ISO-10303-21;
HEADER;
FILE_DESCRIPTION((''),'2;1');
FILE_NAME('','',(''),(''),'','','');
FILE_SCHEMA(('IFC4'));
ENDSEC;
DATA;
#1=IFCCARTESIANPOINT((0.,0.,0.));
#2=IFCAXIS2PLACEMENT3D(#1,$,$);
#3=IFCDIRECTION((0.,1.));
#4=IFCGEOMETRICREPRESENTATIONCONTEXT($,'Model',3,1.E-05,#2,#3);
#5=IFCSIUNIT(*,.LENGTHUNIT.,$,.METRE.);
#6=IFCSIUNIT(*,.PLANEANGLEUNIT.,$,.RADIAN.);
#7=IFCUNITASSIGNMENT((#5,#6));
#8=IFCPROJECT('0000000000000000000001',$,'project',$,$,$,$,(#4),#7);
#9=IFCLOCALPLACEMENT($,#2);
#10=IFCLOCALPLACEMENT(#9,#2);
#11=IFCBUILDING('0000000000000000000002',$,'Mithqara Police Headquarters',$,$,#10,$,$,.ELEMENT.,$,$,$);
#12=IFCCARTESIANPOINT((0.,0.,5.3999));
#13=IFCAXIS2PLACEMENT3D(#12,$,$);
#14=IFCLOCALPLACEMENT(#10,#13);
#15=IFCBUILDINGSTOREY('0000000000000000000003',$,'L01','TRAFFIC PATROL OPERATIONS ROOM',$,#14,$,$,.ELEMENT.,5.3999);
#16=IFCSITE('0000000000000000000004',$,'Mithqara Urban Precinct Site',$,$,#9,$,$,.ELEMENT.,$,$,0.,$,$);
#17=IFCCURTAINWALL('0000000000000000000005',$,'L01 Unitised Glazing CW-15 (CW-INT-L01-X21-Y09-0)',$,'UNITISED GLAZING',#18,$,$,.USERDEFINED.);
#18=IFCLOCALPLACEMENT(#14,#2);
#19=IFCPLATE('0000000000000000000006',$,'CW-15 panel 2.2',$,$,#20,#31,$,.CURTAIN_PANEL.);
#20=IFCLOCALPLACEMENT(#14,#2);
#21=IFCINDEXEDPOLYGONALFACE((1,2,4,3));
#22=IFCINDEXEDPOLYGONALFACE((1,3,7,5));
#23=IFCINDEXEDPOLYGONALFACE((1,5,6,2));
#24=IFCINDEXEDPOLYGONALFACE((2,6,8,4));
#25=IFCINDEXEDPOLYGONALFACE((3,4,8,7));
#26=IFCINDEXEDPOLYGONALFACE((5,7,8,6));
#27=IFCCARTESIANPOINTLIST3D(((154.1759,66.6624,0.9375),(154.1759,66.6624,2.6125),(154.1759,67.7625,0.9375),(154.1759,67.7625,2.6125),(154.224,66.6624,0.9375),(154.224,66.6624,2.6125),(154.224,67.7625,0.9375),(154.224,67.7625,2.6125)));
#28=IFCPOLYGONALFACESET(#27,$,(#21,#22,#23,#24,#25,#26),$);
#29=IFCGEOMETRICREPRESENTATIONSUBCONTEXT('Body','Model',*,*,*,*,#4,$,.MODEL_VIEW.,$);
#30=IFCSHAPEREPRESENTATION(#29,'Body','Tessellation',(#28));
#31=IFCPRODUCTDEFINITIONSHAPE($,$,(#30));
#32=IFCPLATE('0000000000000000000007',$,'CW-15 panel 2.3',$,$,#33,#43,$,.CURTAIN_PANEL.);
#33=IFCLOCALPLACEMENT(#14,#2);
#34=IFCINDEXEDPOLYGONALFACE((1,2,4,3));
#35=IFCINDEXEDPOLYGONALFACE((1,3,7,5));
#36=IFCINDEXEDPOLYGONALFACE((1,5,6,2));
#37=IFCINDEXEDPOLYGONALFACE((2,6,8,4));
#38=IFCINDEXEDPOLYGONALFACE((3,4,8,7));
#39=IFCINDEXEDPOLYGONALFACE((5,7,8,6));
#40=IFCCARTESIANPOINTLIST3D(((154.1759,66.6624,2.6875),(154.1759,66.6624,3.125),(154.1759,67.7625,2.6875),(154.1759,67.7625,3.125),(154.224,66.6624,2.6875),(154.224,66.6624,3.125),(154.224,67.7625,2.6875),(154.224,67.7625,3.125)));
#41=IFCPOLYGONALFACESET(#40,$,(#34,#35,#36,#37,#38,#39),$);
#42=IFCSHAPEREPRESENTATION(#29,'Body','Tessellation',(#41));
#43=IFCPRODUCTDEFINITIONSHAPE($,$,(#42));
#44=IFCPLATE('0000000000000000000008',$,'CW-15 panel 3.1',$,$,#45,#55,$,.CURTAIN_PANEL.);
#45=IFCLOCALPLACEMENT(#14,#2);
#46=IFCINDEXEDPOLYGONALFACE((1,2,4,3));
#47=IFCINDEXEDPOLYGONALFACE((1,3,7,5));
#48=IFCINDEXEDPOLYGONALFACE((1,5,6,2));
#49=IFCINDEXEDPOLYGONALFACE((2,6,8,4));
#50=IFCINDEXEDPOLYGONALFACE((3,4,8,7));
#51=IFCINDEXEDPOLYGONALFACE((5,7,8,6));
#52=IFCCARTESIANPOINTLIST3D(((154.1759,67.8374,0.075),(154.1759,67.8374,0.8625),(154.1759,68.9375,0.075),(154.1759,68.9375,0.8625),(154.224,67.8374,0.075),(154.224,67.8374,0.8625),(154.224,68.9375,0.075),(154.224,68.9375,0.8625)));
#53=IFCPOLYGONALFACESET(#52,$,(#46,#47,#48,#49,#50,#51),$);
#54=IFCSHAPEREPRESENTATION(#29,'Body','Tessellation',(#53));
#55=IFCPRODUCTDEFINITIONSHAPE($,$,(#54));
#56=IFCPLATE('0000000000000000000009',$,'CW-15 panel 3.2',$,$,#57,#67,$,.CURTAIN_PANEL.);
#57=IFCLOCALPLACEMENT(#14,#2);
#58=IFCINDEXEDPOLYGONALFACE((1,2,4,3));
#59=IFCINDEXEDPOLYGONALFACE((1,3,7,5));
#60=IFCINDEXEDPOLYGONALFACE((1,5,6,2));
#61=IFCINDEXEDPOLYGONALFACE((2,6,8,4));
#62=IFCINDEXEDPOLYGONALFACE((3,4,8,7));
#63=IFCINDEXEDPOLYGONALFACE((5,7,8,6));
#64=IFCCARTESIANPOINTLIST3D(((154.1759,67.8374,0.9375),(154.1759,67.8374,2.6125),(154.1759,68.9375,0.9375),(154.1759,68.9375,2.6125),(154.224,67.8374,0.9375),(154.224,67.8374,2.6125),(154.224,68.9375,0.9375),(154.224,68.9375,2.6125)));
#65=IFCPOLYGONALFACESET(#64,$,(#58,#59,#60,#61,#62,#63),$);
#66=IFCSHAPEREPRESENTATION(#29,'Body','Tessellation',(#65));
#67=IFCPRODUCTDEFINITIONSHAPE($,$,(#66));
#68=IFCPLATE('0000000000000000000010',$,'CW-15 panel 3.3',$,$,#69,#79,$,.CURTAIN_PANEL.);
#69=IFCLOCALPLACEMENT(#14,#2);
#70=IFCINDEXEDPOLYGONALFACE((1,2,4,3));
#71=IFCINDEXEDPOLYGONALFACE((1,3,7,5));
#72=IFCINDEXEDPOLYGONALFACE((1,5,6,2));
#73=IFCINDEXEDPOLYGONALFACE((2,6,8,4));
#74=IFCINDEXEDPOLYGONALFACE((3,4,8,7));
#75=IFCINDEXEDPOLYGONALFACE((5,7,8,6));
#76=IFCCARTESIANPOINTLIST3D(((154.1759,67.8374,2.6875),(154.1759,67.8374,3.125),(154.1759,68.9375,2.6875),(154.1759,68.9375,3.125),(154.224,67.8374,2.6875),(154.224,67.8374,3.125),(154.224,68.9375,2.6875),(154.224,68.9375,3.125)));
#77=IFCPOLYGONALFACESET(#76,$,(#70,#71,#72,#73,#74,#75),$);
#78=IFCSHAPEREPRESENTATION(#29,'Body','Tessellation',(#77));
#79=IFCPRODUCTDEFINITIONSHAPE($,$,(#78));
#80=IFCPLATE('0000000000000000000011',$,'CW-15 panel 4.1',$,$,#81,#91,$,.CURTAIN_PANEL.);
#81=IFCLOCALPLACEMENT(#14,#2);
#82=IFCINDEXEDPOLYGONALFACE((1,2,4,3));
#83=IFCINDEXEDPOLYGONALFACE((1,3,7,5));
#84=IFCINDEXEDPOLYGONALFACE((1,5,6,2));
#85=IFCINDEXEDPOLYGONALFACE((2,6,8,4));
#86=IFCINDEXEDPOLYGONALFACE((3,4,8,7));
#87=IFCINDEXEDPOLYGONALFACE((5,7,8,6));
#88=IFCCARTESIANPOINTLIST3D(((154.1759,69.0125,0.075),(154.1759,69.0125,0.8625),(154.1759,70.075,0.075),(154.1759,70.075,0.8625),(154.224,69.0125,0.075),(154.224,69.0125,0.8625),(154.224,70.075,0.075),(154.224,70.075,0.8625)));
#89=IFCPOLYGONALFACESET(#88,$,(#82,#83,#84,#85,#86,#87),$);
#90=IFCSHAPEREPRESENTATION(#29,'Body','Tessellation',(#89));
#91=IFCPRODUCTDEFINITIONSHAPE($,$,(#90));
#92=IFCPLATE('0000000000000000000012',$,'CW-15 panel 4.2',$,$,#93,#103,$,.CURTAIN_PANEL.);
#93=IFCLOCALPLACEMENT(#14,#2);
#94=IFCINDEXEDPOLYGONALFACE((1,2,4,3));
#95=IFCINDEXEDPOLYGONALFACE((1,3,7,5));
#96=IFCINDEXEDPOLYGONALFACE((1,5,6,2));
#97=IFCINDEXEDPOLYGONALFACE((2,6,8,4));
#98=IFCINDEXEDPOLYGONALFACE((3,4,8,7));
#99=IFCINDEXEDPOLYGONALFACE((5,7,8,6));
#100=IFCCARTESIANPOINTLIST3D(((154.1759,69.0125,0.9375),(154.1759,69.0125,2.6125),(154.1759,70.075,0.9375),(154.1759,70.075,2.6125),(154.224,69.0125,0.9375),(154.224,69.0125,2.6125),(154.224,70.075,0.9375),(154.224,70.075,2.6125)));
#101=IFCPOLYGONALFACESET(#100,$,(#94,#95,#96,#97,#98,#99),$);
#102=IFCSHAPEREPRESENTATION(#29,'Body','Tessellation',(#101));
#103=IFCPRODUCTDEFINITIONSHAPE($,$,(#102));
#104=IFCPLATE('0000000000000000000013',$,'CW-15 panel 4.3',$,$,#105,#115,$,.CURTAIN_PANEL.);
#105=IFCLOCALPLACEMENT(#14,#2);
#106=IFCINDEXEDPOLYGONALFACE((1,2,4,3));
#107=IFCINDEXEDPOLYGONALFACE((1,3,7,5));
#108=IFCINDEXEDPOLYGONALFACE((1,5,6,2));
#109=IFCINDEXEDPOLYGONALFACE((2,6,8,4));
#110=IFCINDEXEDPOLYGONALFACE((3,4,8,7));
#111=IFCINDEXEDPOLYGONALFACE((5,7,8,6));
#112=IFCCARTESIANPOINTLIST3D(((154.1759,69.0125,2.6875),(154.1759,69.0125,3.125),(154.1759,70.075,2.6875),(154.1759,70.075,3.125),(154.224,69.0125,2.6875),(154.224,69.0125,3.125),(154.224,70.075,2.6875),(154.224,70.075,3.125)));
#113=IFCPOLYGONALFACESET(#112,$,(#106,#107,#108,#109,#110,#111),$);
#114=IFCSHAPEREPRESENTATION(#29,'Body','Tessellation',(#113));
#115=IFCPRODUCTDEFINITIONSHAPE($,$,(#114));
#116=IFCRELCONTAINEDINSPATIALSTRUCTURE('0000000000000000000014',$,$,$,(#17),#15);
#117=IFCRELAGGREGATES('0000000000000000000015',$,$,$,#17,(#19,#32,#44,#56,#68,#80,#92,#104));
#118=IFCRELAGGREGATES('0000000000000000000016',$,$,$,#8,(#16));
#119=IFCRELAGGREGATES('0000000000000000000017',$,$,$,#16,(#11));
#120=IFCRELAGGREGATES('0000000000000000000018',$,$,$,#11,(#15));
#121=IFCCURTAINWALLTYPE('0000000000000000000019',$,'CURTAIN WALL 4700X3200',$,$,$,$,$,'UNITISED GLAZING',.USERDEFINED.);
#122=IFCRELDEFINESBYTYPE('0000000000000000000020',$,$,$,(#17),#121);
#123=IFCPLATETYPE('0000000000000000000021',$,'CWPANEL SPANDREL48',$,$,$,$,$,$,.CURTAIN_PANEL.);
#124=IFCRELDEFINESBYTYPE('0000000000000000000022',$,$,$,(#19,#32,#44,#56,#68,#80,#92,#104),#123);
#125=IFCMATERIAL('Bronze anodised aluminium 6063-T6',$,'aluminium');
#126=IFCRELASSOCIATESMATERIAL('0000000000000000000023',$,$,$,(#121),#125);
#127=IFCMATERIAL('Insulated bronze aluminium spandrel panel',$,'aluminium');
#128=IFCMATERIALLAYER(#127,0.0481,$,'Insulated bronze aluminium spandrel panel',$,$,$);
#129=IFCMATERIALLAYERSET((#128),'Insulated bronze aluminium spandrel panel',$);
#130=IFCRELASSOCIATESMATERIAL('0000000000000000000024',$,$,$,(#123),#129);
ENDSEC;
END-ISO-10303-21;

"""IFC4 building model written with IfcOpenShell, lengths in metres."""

from ifc_helpers import new_model, si_unit, direction, frame, origin, origin_2d, place, context, subcontext, project, spatial, rectangle, extrude, material, layer, layer_set, type_object, element, aggregate, save


model = new_model("IFC4")

# Units and contexts
model_context = context("Model", 3, precision=1e-05, world=origin(), true_north=direction((0.0, 1.0)))
body_context = subcontext(model_context, "Body", "Model", "MODEL_VIEW")
ifc_project = project(units=[si_unit("LENGTHUNIT", "METRE"), si_unit("PLANEANGLEUNIT", "RADIAN")], contexts=[model_context])

# Site, building, storey
site_placement = place(None, origin())
site = spatial("IfcSite", under=ifc_project, at=site_placement, Name="Mithqara Urban Precinct Site", CompositionType="ELEMENT", RefElevation=0.0)
building_placement = place(site_placement, origin())
building = spatial("IfcBuilding", under=site, at=building_placement, Name="Mithqara Police Headquarters", CompositionType="ELEMENT")
storey_placement = place(building_placement, frame((0.0, 0.0, 5.3999)))
storey = spatial("IfcBuildingStorey", under=building, at=storey_placement, Name="L01", Description="TRAFFIC PATROL OPERATIONS ROOM", CompositionType="ELEMENT", Elevation=5.3999)

# Curtain wall
ifc_material_1 = material(Name="Bronze anodised aluminium 6063-T6", Category="aluminium")
curtain_wall_type = type_object("IfcCurtainWallType", Name="CURTAIN WALL 4700X3200", ElementType="UNITISED GLAZING", PredefinedType="USERDEFINED", material=ifc_material_1)
curtain_wall_1_placement = place(storey_placement, origin())
curtain_wall_1 = element("IfcCurtainWall", 1, at=curtain_wall_1_placement, inside=storey, type_object=curtain_wall_type, Name="L01 Unitised Glazing CW-15 (CW-INT-L01-X21-Y09-0)", ObjectType="UNITISED GLAZING", PredefinedType="USERDEFINED")

# Plates
ifc_material_2 = material(Name="Insulated bronze aluminium spandrel panel", Category="aluminium")
ifc_layer = layer(ifc_material_2, 0.0481, Name="Insulated bronze aluminium spandrel panel")
ifc_layer_set = layer_set([ifc_layer], Name="Insulated bronze aluminium spandrel panel")
plate_type = type_object("IfcPlateType", Name="CWPANEL SPANDREL48", PredefinedType="CURTAIN_PANEL", material=ifc_layer_set)
plate_1_placement = place(storey_placement, frame((154.2, 67.2124, 0.9375), z_axis=(0.0, 0.0, 1.0), x_axis=(0.0, 1.0, 0.0)))
plate_1 = element("IfcPlate", 2, at=plate_1_placement, type_object=plate_type, Name="CW-15 panel 2.2", PredefinedType="CURTAIN_PANEL", context=body_context, shape_type="SweptSolid", body=[
    extrude(rectangle(XDim=1.1001, YDim=0.0481, at=origin_2d()), origin(), (0.0, 0.0, 1.0), 1.675),
])
plate_2_placement = place(storey_placement, frame((154.2, 67.2124, 2.6875), z_axis=(0.0, 0.0, 1.0), x_axis=(0.0, 1.0, 0.0)))
plate_2 = element("IfcPlate", 3, at=plate_2_placement, type_object=plate_type, Name="CW-15 panel 2.3", PredefinedType="CURTAIN_PANEL", context=body_context, shape_type="SweptSolid", body=[
    extrude(rectangle(XDim=1.1001, YDim=0.0481, at=origin_2d()), origin(), (0.0, 0.0, 1.0), 0.4375),
])
plate_3_placement = place(storey_placement, frame((154.2, 68.3875, 0.075), z_axis=(0.0, 0.0, 1.0), x_axis=(0.0, 1.0, 0.0)))
plate_3 = element("IfcPlate", 4, at=plate_3_placement, type_object=plate_type, Name="CW-15 panel 3.1", PredefinedType="CURTAIN_PANEL", context=body_context, shape_type="SweptSolid", body=[
    extrude(rectangle(XDim=1.1001, YDim=0.0481, at=origin_2d()), origin(), (0.0, 0.0, 1.0), 0.7876),
])
plate_4_placement = place(storey_placement, frame((154.2, 68.3875, 0.9375), z_axis=(0.0, 0.0, 1.0), x_axis=(0.0, 1.0, 0.0)))
plate_4 = element("IfcPlate", 5, at=plate_4_placement, type_object=plate_type, Name="CW-15 panel 3.2", PredefinedType="CURTAIN_PANEL", context=body_context, shape_type="SweptSolid", body=[
    extrude(rectangle(XDim=1.1001, YDim=0.0481, at=origin_2d()), origin(), (0.0, 0.0, 1.0), 1.675),
])
plate_5_placement = place(storey_placement, frame((154.2, 68.3875, 2.6875), z_axis=(0.0, 0.0, 1.0), x_axis=(0.0, 1.0, 0.0)))
plate_5 = element("IfcPlate", 6, at=plate_5_placement, type_object=plate_type, Name="CW-15 panel 3.3", PredefinedType="CURTAIN_PANEL", context=body_context, shape_type="SweptSolid", body=[
    extrude(rectangle(XDim=1.1001, YDim=0.0481, at=origin_2d()), origin(), (0.0, 0.0, 1.0), 0.4375),
])
plate_6_placement = place(storey_placement, frame((154.2, 69.5437, 0.075), z_axis=(0.0, 0.0, 1.0), x_axis=(0.0, 1.0, 0.0)))
plate_6 = element("IfcPlate", 7, at=plate_6_placement, type_object=plate_type, Name="CW-15 panel 4.1", PredefinedType="CURTAIN_PANEL", context=body_context, shape_type="SweptSolid", body=[
    extrude(rectangle(XDim=1.0625, YDim=0.0481, at=origin_2d()), origin(), (0.0, 0.0, 1.0), 0.7876),
])
plate_7_placement = place(storey_placement, frame((154.2, 69.5437, 0.9375), z_axis=(0.0, 0.0, 1.0), x_axis=(0.0, 1.0, 0.0)))
plate_7 = element("IfcPlate", 8, at=plate_7_placement, type_object=plate_type, Name="CW-15 panel 4.2", PredefinedType="CURTAIN_PANEL", context=body_context, shape_type="SweptSolid", body=[
    extrude(rectangle(XDim=1.0625, YDim=0.0481, at=origin_2d()), origin(), (0.0, 0.0, 1.0), 1.675),
])
plate_8_placement = place(storey_placement, frame((154.2, 69.5437, 2.6875), z_axis=(0.0, 0.0, 1.0), x_axis=(0.0, 1.0, 0.0)))
plate_8 = element("IfcPlate", 9, at=plate_8_placement, type_object=plate_type, Name="CW-15 panel 4.3", PredefinedType="CURTAIN_PANEL", context=body_context, shape_type="SweptSolid", body=[
    extrude(rectangle(XDim=1.0625, YDim=0.0481, at=origin_2d()), origin(), (0.0, 0.0, 1.0), 0.4375),
])
aggregate(curtain_wall_1, [plate_1, plate_2, plate_3, plate_4, plate_5, plate_6, plate_7, plate_8])

save(model, "model.ifc")
